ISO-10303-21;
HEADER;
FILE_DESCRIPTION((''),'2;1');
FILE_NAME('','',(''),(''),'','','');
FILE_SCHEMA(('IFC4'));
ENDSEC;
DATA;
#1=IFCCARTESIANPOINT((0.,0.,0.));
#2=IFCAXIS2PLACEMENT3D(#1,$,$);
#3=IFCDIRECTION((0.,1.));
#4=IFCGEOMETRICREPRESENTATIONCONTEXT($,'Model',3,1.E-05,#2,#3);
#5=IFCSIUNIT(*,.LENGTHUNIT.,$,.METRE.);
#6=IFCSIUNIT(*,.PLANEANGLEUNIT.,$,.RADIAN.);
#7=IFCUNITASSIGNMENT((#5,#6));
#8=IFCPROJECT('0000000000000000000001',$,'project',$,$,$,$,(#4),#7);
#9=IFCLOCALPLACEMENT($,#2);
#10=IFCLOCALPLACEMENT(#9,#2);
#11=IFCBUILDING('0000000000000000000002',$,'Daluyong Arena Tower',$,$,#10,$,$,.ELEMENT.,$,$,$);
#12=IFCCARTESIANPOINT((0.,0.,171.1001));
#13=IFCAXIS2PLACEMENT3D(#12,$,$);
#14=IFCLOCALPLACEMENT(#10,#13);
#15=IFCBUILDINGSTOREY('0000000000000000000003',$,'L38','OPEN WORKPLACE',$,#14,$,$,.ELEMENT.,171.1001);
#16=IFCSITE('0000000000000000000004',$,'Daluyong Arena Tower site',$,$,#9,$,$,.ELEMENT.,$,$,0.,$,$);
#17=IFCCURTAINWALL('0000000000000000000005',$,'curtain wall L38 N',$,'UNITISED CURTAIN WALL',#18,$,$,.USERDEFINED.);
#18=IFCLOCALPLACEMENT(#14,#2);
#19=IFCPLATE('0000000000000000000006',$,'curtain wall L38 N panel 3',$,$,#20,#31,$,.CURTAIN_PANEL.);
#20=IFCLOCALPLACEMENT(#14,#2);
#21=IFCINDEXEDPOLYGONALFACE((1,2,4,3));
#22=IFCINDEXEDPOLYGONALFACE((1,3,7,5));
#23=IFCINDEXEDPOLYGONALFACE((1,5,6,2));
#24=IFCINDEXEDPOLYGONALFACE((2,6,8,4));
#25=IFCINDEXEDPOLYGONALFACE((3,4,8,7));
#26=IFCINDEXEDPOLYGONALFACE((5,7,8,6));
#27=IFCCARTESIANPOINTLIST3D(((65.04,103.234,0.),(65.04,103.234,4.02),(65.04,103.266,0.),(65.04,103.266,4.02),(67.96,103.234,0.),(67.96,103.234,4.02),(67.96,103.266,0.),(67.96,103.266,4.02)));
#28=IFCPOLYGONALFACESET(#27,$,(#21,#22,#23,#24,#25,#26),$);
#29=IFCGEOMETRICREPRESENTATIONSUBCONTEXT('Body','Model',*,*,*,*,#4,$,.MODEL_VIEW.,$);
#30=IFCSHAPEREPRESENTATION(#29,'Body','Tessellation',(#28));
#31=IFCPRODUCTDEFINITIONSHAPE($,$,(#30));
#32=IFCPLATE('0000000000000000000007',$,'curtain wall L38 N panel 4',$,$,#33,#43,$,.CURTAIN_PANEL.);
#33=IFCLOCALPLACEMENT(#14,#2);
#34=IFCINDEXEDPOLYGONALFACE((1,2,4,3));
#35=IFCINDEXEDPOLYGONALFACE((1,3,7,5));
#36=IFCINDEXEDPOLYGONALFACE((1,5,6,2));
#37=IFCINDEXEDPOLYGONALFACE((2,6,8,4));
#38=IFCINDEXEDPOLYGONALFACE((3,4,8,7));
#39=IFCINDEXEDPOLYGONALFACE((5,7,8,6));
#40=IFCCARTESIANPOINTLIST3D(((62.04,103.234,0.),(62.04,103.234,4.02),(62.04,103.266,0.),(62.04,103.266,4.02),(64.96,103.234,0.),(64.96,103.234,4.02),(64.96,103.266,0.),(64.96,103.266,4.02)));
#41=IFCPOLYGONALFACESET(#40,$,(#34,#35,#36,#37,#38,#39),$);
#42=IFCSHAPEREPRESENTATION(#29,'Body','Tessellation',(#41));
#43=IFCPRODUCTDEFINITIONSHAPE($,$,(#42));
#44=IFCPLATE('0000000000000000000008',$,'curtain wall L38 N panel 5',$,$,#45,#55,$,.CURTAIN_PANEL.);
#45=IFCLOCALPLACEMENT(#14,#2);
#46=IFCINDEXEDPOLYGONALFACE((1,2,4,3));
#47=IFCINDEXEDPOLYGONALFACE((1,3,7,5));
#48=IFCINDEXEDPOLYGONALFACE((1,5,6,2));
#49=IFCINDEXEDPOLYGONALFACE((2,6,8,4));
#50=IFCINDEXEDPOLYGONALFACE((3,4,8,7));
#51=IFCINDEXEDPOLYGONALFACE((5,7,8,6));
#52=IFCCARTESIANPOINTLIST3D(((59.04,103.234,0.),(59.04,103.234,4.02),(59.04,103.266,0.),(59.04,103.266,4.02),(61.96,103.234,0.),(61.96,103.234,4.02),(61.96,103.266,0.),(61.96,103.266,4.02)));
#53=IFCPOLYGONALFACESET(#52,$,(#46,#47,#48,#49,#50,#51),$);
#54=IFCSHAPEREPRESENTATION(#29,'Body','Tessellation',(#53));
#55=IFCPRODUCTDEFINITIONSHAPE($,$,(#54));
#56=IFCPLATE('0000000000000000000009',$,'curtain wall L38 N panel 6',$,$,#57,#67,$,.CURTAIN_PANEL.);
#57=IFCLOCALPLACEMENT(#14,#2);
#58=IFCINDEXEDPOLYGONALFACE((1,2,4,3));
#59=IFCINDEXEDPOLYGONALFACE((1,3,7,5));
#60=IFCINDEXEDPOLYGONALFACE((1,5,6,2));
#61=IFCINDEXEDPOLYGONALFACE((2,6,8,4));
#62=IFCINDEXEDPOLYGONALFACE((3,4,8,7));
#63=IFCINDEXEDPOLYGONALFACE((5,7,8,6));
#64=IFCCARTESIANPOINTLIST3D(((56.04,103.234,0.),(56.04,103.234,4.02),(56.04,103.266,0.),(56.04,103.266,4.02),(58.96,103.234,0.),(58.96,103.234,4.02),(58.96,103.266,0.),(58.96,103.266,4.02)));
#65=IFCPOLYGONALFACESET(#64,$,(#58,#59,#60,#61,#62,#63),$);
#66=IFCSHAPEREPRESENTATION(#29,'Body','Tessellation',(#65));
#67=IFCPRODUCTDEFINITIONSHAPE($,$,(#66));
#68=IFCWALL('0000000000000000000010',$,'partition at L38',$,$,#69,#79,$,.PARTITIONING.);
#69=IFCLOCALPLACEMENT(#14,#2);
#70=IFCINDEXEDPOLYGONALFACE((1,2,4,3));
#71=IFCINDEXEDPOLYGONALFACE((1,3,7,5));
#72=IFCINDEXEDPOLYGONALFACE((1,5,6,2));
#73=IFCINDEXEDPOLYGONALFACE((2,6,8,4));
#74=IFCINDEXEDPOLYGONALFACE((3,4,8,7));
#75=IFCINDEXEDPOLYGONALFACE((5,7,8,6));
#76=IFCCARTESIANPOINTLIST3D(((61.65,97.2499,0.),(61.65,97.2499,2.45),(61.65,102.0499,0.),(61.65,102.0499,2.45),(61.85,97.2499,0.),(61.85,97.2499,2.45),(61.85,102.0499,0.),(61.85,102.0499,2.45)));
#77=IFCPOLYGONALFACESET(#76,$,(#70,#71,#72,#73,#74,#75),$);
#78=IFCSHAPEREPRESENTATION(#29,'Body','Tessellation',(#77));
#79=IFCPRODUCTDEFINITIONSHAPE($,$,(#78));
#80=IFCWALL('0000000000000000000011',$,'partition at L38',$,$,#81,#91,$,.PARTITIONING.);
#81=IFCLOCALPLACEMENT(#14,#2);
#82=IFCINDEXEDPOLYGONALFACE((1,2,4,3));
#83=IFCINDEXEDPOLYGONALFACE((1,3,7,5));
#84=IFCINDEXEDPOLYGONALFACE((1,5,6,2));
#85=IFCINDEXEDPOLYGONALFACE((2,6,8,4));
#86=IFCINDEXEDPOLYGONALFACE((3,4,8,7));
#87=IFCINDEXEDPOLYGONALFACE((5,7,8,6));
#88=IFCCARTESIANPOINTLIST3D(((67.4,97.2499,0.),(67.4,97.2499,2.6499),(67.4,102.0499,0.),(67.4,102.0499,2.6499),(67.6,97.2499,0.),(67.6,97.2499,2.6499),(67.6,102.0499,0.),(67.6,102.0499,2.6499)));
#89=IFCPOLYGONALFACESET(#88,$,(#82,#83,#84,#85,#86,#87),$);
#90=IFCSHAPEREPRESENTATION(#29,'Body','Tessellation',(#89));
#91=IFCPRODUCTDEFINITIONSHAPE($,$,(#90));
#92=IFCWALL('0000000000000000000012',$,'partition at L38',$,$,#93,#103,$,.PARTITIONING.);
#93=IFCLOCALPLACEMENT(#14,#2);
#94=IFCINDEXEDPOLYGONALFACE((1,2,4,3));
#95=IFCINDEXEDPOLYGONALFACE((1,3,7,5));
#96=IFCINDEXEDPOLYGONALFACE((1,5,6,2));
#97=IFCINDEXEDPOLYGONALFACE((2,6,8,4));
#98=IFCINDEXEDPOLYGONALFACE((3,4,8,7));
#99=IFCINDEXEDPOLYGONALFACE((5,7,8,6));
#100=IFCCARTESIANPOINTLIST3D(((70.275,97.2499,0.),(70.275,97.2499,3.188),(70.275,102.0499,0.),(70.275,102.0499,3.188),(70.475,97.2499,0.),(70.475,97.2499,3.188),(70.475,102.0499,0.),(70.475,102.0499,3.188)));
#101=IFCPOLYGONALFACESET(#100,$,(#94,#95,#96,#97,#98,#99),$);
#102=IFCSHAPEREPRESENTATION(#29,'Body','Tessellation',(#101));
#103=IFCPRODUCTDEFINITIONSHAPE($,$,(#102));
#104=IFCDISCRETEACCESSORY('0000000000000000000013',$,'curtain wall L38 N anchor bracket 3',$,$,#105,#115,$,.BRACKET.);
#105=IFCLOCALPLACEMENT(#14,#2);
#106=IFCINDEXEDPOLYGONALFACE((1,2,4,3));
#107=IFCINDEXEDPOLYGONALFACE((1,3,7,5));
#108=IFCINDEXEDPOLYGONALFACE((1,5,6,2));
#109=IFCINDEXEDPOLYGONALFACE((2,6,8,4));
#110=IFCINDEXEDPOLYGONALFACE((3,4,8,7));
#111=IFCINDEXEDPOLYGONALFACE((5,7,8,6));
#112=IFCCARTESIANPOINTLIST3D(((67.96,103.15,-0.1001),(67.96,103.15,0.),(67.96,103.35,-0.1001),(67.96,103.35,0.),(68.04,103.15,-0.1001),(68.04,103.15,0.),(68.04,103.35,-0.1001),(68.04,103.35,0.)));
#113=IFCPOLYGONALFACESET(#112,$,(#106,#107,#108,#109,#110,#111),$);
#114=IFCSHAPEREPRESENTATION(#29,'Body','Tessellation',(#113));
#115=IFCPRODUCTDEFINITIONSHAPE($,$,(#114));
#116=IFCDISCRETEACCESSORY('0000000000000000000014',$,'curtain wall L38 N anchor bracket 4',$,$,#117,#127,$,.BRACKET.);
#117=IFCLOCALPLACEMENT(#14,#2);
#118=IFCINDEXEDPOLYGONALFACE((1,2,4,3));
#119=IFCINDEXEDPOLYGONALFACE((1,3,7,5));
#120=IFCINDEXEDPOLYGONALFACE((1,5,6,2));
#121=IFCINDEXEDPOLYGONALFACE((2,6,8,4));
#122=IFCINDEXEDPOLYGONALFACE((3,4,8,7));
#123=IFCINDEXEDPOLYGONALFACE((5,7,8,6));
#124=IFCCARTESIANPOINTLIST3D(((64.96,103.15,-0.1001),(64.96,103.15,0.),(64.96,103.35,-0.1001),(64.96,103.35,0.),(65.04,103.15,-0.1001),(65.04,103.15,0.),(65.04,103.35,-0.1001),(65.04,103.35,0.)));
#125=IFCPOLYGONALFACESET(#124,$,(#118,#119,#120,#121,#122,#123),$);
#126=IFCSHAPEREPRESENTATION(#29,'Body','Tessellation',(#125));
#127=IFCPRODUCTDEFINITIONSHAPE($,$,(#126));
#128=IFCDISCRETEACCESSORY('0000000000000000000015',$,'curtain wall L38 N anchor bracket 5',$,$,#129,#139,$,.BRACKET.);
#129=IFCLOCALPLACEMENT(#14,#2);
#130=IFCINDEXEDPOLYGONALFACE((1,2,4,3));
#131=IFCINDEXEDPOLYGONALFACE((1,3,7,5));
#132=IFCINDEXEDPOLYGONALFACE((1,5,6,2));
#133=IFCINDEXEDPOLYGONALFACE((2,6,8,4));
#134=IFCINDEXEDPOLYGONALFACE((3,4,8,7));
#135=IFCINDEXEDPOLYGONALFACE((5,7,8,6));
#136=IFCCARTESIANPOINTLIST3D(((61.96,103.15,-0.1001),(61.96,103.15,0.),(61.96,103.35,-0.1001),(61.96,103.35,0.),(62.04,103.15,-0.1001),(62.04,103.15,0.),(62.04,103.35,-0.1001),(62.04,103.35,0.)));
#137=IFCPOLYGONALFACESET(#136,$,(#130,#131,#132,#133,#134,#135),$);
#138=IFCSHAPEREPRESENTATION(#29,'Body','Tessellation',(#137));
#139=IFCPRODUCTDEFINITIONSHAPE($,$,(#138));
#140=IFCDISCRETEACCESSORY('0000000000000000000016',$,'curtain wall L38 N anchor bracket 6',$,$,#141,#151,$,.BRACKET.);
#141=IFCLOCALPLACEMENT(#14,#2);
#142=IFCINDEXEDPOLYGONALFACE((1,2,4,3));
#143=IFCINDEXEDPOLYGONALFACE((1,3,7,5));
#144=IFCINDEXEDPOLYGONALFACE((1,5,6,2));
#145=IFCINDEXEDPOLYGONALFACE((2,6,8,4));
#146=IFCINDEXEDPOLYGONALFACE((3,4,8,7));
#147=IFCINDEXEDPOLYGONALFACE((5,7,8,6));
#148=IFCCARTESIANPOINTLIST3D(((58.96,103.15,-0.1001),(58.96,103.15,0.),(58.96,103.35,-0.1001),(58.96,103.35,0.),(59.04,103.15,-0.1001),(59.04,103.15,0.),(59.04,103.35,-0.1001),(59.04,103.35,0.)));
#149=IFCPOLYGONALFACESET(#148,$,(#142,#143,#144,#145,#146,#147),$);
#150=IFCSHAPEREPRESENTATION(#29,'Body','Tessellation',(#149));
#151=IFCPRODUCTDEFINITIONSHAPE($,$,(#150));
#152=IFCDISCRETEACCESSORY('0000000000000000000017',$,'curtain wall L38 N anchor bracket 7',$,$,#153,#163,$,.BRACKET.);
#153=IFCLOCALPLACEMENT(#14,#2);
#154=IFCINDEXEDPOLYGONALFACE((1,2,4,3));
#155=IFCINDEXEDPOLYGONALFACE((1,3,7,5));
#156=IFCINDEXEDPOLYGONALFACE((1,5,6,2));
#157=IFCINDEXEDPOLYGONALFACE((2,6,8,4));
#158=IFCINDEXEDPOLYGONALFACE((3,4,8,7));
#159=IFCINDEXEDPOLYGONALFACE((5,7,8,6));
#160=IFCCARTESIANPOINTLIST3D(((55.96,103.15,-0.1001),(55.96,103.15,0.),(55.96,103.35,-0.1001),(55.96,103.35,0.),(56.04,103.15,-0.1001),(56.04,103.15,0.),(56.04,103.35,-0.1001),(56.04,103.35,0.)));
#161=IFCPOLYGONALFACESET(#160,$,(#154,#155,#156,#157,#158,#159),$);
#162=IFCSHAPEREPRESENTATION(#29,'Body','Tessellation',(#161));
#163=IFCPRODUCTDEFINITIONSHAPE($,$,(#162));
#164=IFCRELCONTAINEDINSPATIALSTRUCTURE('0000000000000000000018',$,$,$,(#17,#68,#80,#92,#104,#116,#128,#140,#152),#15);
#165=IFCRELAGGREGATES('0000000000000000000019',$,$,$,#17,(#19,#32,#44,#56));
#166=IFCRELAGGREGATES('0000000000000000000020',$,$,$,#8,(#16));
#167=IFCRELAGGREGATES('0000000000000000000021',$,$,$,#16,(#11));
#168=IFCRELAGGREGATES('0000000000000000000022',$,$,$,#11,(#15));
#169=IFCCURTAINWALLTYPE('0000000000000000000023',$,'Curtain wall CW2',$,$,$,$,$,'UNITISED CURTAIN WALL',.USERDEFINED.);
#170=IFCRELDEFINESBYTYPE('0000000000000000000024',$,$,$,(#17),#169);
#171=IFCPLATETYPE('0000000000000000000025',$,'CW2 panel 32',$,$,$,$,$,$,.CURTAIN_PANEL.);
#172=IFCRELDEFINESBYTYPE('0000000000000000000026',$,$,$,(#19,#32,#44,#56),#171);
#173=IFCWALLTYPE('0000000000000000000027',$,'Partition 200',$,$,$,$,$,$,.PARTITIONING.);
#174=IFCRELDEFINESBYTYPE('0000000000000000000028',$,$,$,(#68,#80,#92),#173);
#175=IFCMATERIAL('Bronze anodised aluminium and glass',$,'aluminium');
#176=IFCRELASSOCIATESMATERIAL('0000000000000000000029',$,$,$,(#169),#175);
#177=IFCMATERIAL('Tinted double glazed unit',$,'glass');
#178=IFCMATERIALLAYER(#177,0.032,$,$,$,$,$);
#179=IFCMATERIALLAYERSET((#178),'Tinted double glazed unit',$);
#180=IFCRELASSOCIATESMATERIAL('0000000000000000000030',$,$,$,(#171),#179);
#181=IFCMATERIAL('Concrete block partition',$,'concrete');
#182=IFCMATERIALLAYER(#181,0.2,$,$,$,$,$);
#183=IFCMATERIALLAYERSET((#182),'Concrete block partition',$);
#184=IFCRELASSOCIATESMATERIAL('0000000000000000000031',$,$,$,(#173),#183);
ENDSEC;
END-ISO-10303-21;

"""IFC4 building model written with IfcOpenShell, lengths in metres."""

from ifc_helpers import new_model, si_unit, direction, frame, frame_2d, origin, origin_2d, place, context, subcontext, project, spatial, rectangle, extrude, material, layer, layer_set, type_object, element, aggregate, save


model = new_model("IFC4")

# Units and contexts
model_context = context("Model", 3, precision=1e-05, world=origin(), true_north=direction((0.0, 1.0)))
body_context = subcontext(model_context, "Body", "Model", "MODEL_VIEW")
ifc_project = project(units=[si_unit("LENGTHUNIT", "METRE"), si_unit("PLANEANGLEUNIT", "RADIAN")], contexts=[model_context])

# Site, building, storey
site_placement = place(None, origin())
site = spatial("IfcSite", under=ifc_project, at=site_placement, Name="Daluyong Arena Tower site", CompositionType="ELEMENT", RefElevation=0.0)
building_placement = place(site_placement, origin())
building = spatial("IfcBuilding", under=site, at=building_placement, Name="Daluyong Arena Tower", CompositionType="ELEMENT")
storey_placement = place(building_placement, frame((0.0, 0.0, 171.1001)))
storey = spatial("IfcBuildingStorey", under=building, at=storey_placement, Name="L38", Description="OPEN WORKPLACE", CompositionType="ELEMENT", Elevation=171.1001)

# Curtain wall
ifc_material_1 = material(Name="Bronze anodised aluminium and glass", Category="aluminium")
curtain_wall_type = type_object("IfcCurtainWallType", Name="Curtain wall CW2", ElementType="UNITISED CURTAIN WALL", PredefinedType="USERDEFINED", material=ifc_material_1)
curtain_wall_placement = place(storey_placement, origin())
curtain_wall = element("IfcCurtainWall", 1, at=curtain_wall_placement, inside=storey, type_object=curtain_wall_type, Name="curtain wall L38 N", ObjectType="UNITISED CURTAIN WALL", PredefinedType="USERDEFINED")

# Plates
ifc_material_2 = material(Name="Tinted double glazed unit", Category="glass")
ifc_layer_1 = layer(ifc_material_2, 0.032)
ifc_layer_set_1 = layer_set([ifc_layer_1], Name="Tinted double glazed unit")
plate_type = type_object("IfcPlateType", Name="CW2 panel 32", PredefinedType="CURTAIN_PANEL", material=ifc_layer_set_1)
plate_1_placement = place(storey_placement, frame((66.5, 103.25, 0.0), z_axis=(0.0, 0.0, 1.0), x_axis=(-1.0, 0.0, 0.0)))
plate_1 = element("IfcPlate", 2, at=plate_1_placement, type_object=plate_type, Name="curtain wall L38 N panel 3", PredefinedType="CURTAIN_PANEL", context=body_context, shape_type="SweptSolid", body=[
    extrude(rectangle(XDim=2.9199, YDim=0.032, at=origin_2d()), origin(), (0.0, 0.0, 1.0), 4.02),
])
plate_2_placement = place(storey_placement, frame((63.5, 103.25, 0.0), z_axis=(0.0, 0.0, 1.0), x_axis=(-1.0, 0.0, 0.0)))
plate_2 = element("IfcPlate", 3, at=plate_2_placement, type_object=plate_type, Name="curtain wall L38 N panel 4", PredefinedType="CURTAIN_PANEL", context=body_context, shape_type="SweptSolid", body=[
    extrude(rectangle(XDim=2.9199, YDim=0.032, at=origin_2d()), origin(), (0.0, 0.0, 1.0), 4.02),
])
plate_3_placement = place(storey_placement, frame((60.5, 103.25, 0.0), z_axis=(0.0, 0.0, 1.0), x_axis=(-1.0, 0.0, 0.0)))
plate_3 = element("IfcPlate", 4, at=plate_3_placement, type_object=plate_type, Name="curtain wall L38 N panel 5", PredefinedType="CURTAIN_PANEL", context=body_context, shape_type="SweptSolid", body=[
    extrude(rectangle(XDim=2.9199, YDim=0.032, at=origin_2d()), origin(), (0.0, 0.0, 1.0), 4.02),
])
plate_4_placement = place(storey_placement, frame((57.5, 103.25, 0.0), z_axis=(0.0, 0.0, 1.0), x_axis=(-1.0, 0.0, 0.0)))
plate_4 = element("IfcPlate", 5, at=plate_4_placement, type_object=plate_type, Name="curtain wall L38 N panel 6", PredefinedType="CURTAIN_PANEL", context=body_context, shape_type="SweptSolid", body=[
    extrude(rectangle(XDim=2.9199, YDim=0.032, at=origin_2d()), origin(), (0.0, 0.0, 1.0), 4.02),
])
aggregate(curtain_wall, [plate_1, plate_2, plate_3, plate_4])

# Walls
ifc_material_3 = material(Name="Concrete block partition", Category="concrete")
ifc_layer_2 = layer(ifc_material_3, 0.2)
ifc_layer_set_2 = layer_set([ifc_layer_2], Name="Concrete block partition")
wall_type_1 = type_object("IfcWallType", Name="Partition 200", PredefinedType="PARTITIONING", material=ifc_layer_set_2)
wall_1_placement = place(storey_placement, frame((61.75, 97.25, 0.0), z_axis=(0.0, 0.0, 1.0), x_axis=(0.0, 1.0, 0.0)))
element("IfcWall", 6, at=wall_1_placement, inside=storey, type_object=wall_type_1, Name="partition at L38", PredefinedType="PARTITIONING", context=body_context, shape_type="SweptSolid", body=[
    extrude(rectangle(XDim=4.8, YDim=0.2, at=frame_2d((2.3999, 0.0))), origin(), (0.0, 0.0, 1.0), 2.45),
])
wall_2_placement = place(storey_placement, frame((67.5, 97.25, 0.0), z_axis=(0.0, 0.0, 1.0), x_axis=(0.0, 1.0, 0.0)))
element("IfcWall", 7, at=wall_2_placement, inside=storey, type_object=wall_type_1, Name="partition at L38", PredefinedType="PARTITIONING", context=body_context, shape_type="SweptSolid", body=[
    extrude(rectangle(XDim=4.8, YDim=0.2, at=frame_2d((2.3999, 0.0))), origin(), (0.0, 0.0, 1.0), 2.6499),
])
wall_3_placement = place(storey_placement, frame((70.375, 97.25, 0.0), z_axis=(0.0, 0.0, 1.0), x_axis=(0.0, 1.0, 0.0)))
element("IfcWall", 8, at=wall_3_placement, inside=storey, type_object=wall_type_1, Name="partition at L38", PredefinedType="PARTITIONING", context=body_context, shape_type="SweptSolid", body=[
    extrude(rectangle(XDim=4.8, YDim=0.2, at=frame_2d((2.3999, 0.0))), origin(), (0.0, 0.0, 1.0), 3.188),
])

# Discrete accessories
for number, where, z_axis, x_axis, name in (
    (9, (68.0, 103.25, -0.1001), (0.0, 0.0, 1.0), (-1.0, 0.0, 0.0), "curtain wall L38 N anchor bracket 3"),
    (10, (65.0, 103.25, -0.1001), (0.0, 0.0, 1.0), (-1.0, 0.0, 0.0), "curtain wall L38 N anchor bracket 4"),
    (11, (62.0, 103.25, -0.1001), (0.0, 0.0, 1.0), (-1.0, 0.0, 0.0), "curtain wall L38 N anchor bracket 5"),
    (12, (59.0, 103.25, -0.1001), (0.0, 0.0, 1.0), (-1.0, 0.0, 0.0), "curtain wall L38 N anchor bracket 6"),
    (13, (56.0, 103.25, -0.1001), (0.0, 0.0, 1.0), (-1.0, 0.0, 0.0), "curtain wall L38 N anchor bracket 7"),
):
    element("IfcDiscreteAccessory", number, at=place(storey_placement, frame(where, z_axis=z_axis, x_axis=x_axis)), inside=storey, Name=name, PredefinedType="BRACKET", context=body_context, shape_type="SweptSolid", body=[
        extrude(rectangle(XDim=0.0801, YDim=0.2, at=origin_2d()), origin(), (0.0, 0.0, 1.0), 0.1001),
    ])

save(model, "model.ifc")
